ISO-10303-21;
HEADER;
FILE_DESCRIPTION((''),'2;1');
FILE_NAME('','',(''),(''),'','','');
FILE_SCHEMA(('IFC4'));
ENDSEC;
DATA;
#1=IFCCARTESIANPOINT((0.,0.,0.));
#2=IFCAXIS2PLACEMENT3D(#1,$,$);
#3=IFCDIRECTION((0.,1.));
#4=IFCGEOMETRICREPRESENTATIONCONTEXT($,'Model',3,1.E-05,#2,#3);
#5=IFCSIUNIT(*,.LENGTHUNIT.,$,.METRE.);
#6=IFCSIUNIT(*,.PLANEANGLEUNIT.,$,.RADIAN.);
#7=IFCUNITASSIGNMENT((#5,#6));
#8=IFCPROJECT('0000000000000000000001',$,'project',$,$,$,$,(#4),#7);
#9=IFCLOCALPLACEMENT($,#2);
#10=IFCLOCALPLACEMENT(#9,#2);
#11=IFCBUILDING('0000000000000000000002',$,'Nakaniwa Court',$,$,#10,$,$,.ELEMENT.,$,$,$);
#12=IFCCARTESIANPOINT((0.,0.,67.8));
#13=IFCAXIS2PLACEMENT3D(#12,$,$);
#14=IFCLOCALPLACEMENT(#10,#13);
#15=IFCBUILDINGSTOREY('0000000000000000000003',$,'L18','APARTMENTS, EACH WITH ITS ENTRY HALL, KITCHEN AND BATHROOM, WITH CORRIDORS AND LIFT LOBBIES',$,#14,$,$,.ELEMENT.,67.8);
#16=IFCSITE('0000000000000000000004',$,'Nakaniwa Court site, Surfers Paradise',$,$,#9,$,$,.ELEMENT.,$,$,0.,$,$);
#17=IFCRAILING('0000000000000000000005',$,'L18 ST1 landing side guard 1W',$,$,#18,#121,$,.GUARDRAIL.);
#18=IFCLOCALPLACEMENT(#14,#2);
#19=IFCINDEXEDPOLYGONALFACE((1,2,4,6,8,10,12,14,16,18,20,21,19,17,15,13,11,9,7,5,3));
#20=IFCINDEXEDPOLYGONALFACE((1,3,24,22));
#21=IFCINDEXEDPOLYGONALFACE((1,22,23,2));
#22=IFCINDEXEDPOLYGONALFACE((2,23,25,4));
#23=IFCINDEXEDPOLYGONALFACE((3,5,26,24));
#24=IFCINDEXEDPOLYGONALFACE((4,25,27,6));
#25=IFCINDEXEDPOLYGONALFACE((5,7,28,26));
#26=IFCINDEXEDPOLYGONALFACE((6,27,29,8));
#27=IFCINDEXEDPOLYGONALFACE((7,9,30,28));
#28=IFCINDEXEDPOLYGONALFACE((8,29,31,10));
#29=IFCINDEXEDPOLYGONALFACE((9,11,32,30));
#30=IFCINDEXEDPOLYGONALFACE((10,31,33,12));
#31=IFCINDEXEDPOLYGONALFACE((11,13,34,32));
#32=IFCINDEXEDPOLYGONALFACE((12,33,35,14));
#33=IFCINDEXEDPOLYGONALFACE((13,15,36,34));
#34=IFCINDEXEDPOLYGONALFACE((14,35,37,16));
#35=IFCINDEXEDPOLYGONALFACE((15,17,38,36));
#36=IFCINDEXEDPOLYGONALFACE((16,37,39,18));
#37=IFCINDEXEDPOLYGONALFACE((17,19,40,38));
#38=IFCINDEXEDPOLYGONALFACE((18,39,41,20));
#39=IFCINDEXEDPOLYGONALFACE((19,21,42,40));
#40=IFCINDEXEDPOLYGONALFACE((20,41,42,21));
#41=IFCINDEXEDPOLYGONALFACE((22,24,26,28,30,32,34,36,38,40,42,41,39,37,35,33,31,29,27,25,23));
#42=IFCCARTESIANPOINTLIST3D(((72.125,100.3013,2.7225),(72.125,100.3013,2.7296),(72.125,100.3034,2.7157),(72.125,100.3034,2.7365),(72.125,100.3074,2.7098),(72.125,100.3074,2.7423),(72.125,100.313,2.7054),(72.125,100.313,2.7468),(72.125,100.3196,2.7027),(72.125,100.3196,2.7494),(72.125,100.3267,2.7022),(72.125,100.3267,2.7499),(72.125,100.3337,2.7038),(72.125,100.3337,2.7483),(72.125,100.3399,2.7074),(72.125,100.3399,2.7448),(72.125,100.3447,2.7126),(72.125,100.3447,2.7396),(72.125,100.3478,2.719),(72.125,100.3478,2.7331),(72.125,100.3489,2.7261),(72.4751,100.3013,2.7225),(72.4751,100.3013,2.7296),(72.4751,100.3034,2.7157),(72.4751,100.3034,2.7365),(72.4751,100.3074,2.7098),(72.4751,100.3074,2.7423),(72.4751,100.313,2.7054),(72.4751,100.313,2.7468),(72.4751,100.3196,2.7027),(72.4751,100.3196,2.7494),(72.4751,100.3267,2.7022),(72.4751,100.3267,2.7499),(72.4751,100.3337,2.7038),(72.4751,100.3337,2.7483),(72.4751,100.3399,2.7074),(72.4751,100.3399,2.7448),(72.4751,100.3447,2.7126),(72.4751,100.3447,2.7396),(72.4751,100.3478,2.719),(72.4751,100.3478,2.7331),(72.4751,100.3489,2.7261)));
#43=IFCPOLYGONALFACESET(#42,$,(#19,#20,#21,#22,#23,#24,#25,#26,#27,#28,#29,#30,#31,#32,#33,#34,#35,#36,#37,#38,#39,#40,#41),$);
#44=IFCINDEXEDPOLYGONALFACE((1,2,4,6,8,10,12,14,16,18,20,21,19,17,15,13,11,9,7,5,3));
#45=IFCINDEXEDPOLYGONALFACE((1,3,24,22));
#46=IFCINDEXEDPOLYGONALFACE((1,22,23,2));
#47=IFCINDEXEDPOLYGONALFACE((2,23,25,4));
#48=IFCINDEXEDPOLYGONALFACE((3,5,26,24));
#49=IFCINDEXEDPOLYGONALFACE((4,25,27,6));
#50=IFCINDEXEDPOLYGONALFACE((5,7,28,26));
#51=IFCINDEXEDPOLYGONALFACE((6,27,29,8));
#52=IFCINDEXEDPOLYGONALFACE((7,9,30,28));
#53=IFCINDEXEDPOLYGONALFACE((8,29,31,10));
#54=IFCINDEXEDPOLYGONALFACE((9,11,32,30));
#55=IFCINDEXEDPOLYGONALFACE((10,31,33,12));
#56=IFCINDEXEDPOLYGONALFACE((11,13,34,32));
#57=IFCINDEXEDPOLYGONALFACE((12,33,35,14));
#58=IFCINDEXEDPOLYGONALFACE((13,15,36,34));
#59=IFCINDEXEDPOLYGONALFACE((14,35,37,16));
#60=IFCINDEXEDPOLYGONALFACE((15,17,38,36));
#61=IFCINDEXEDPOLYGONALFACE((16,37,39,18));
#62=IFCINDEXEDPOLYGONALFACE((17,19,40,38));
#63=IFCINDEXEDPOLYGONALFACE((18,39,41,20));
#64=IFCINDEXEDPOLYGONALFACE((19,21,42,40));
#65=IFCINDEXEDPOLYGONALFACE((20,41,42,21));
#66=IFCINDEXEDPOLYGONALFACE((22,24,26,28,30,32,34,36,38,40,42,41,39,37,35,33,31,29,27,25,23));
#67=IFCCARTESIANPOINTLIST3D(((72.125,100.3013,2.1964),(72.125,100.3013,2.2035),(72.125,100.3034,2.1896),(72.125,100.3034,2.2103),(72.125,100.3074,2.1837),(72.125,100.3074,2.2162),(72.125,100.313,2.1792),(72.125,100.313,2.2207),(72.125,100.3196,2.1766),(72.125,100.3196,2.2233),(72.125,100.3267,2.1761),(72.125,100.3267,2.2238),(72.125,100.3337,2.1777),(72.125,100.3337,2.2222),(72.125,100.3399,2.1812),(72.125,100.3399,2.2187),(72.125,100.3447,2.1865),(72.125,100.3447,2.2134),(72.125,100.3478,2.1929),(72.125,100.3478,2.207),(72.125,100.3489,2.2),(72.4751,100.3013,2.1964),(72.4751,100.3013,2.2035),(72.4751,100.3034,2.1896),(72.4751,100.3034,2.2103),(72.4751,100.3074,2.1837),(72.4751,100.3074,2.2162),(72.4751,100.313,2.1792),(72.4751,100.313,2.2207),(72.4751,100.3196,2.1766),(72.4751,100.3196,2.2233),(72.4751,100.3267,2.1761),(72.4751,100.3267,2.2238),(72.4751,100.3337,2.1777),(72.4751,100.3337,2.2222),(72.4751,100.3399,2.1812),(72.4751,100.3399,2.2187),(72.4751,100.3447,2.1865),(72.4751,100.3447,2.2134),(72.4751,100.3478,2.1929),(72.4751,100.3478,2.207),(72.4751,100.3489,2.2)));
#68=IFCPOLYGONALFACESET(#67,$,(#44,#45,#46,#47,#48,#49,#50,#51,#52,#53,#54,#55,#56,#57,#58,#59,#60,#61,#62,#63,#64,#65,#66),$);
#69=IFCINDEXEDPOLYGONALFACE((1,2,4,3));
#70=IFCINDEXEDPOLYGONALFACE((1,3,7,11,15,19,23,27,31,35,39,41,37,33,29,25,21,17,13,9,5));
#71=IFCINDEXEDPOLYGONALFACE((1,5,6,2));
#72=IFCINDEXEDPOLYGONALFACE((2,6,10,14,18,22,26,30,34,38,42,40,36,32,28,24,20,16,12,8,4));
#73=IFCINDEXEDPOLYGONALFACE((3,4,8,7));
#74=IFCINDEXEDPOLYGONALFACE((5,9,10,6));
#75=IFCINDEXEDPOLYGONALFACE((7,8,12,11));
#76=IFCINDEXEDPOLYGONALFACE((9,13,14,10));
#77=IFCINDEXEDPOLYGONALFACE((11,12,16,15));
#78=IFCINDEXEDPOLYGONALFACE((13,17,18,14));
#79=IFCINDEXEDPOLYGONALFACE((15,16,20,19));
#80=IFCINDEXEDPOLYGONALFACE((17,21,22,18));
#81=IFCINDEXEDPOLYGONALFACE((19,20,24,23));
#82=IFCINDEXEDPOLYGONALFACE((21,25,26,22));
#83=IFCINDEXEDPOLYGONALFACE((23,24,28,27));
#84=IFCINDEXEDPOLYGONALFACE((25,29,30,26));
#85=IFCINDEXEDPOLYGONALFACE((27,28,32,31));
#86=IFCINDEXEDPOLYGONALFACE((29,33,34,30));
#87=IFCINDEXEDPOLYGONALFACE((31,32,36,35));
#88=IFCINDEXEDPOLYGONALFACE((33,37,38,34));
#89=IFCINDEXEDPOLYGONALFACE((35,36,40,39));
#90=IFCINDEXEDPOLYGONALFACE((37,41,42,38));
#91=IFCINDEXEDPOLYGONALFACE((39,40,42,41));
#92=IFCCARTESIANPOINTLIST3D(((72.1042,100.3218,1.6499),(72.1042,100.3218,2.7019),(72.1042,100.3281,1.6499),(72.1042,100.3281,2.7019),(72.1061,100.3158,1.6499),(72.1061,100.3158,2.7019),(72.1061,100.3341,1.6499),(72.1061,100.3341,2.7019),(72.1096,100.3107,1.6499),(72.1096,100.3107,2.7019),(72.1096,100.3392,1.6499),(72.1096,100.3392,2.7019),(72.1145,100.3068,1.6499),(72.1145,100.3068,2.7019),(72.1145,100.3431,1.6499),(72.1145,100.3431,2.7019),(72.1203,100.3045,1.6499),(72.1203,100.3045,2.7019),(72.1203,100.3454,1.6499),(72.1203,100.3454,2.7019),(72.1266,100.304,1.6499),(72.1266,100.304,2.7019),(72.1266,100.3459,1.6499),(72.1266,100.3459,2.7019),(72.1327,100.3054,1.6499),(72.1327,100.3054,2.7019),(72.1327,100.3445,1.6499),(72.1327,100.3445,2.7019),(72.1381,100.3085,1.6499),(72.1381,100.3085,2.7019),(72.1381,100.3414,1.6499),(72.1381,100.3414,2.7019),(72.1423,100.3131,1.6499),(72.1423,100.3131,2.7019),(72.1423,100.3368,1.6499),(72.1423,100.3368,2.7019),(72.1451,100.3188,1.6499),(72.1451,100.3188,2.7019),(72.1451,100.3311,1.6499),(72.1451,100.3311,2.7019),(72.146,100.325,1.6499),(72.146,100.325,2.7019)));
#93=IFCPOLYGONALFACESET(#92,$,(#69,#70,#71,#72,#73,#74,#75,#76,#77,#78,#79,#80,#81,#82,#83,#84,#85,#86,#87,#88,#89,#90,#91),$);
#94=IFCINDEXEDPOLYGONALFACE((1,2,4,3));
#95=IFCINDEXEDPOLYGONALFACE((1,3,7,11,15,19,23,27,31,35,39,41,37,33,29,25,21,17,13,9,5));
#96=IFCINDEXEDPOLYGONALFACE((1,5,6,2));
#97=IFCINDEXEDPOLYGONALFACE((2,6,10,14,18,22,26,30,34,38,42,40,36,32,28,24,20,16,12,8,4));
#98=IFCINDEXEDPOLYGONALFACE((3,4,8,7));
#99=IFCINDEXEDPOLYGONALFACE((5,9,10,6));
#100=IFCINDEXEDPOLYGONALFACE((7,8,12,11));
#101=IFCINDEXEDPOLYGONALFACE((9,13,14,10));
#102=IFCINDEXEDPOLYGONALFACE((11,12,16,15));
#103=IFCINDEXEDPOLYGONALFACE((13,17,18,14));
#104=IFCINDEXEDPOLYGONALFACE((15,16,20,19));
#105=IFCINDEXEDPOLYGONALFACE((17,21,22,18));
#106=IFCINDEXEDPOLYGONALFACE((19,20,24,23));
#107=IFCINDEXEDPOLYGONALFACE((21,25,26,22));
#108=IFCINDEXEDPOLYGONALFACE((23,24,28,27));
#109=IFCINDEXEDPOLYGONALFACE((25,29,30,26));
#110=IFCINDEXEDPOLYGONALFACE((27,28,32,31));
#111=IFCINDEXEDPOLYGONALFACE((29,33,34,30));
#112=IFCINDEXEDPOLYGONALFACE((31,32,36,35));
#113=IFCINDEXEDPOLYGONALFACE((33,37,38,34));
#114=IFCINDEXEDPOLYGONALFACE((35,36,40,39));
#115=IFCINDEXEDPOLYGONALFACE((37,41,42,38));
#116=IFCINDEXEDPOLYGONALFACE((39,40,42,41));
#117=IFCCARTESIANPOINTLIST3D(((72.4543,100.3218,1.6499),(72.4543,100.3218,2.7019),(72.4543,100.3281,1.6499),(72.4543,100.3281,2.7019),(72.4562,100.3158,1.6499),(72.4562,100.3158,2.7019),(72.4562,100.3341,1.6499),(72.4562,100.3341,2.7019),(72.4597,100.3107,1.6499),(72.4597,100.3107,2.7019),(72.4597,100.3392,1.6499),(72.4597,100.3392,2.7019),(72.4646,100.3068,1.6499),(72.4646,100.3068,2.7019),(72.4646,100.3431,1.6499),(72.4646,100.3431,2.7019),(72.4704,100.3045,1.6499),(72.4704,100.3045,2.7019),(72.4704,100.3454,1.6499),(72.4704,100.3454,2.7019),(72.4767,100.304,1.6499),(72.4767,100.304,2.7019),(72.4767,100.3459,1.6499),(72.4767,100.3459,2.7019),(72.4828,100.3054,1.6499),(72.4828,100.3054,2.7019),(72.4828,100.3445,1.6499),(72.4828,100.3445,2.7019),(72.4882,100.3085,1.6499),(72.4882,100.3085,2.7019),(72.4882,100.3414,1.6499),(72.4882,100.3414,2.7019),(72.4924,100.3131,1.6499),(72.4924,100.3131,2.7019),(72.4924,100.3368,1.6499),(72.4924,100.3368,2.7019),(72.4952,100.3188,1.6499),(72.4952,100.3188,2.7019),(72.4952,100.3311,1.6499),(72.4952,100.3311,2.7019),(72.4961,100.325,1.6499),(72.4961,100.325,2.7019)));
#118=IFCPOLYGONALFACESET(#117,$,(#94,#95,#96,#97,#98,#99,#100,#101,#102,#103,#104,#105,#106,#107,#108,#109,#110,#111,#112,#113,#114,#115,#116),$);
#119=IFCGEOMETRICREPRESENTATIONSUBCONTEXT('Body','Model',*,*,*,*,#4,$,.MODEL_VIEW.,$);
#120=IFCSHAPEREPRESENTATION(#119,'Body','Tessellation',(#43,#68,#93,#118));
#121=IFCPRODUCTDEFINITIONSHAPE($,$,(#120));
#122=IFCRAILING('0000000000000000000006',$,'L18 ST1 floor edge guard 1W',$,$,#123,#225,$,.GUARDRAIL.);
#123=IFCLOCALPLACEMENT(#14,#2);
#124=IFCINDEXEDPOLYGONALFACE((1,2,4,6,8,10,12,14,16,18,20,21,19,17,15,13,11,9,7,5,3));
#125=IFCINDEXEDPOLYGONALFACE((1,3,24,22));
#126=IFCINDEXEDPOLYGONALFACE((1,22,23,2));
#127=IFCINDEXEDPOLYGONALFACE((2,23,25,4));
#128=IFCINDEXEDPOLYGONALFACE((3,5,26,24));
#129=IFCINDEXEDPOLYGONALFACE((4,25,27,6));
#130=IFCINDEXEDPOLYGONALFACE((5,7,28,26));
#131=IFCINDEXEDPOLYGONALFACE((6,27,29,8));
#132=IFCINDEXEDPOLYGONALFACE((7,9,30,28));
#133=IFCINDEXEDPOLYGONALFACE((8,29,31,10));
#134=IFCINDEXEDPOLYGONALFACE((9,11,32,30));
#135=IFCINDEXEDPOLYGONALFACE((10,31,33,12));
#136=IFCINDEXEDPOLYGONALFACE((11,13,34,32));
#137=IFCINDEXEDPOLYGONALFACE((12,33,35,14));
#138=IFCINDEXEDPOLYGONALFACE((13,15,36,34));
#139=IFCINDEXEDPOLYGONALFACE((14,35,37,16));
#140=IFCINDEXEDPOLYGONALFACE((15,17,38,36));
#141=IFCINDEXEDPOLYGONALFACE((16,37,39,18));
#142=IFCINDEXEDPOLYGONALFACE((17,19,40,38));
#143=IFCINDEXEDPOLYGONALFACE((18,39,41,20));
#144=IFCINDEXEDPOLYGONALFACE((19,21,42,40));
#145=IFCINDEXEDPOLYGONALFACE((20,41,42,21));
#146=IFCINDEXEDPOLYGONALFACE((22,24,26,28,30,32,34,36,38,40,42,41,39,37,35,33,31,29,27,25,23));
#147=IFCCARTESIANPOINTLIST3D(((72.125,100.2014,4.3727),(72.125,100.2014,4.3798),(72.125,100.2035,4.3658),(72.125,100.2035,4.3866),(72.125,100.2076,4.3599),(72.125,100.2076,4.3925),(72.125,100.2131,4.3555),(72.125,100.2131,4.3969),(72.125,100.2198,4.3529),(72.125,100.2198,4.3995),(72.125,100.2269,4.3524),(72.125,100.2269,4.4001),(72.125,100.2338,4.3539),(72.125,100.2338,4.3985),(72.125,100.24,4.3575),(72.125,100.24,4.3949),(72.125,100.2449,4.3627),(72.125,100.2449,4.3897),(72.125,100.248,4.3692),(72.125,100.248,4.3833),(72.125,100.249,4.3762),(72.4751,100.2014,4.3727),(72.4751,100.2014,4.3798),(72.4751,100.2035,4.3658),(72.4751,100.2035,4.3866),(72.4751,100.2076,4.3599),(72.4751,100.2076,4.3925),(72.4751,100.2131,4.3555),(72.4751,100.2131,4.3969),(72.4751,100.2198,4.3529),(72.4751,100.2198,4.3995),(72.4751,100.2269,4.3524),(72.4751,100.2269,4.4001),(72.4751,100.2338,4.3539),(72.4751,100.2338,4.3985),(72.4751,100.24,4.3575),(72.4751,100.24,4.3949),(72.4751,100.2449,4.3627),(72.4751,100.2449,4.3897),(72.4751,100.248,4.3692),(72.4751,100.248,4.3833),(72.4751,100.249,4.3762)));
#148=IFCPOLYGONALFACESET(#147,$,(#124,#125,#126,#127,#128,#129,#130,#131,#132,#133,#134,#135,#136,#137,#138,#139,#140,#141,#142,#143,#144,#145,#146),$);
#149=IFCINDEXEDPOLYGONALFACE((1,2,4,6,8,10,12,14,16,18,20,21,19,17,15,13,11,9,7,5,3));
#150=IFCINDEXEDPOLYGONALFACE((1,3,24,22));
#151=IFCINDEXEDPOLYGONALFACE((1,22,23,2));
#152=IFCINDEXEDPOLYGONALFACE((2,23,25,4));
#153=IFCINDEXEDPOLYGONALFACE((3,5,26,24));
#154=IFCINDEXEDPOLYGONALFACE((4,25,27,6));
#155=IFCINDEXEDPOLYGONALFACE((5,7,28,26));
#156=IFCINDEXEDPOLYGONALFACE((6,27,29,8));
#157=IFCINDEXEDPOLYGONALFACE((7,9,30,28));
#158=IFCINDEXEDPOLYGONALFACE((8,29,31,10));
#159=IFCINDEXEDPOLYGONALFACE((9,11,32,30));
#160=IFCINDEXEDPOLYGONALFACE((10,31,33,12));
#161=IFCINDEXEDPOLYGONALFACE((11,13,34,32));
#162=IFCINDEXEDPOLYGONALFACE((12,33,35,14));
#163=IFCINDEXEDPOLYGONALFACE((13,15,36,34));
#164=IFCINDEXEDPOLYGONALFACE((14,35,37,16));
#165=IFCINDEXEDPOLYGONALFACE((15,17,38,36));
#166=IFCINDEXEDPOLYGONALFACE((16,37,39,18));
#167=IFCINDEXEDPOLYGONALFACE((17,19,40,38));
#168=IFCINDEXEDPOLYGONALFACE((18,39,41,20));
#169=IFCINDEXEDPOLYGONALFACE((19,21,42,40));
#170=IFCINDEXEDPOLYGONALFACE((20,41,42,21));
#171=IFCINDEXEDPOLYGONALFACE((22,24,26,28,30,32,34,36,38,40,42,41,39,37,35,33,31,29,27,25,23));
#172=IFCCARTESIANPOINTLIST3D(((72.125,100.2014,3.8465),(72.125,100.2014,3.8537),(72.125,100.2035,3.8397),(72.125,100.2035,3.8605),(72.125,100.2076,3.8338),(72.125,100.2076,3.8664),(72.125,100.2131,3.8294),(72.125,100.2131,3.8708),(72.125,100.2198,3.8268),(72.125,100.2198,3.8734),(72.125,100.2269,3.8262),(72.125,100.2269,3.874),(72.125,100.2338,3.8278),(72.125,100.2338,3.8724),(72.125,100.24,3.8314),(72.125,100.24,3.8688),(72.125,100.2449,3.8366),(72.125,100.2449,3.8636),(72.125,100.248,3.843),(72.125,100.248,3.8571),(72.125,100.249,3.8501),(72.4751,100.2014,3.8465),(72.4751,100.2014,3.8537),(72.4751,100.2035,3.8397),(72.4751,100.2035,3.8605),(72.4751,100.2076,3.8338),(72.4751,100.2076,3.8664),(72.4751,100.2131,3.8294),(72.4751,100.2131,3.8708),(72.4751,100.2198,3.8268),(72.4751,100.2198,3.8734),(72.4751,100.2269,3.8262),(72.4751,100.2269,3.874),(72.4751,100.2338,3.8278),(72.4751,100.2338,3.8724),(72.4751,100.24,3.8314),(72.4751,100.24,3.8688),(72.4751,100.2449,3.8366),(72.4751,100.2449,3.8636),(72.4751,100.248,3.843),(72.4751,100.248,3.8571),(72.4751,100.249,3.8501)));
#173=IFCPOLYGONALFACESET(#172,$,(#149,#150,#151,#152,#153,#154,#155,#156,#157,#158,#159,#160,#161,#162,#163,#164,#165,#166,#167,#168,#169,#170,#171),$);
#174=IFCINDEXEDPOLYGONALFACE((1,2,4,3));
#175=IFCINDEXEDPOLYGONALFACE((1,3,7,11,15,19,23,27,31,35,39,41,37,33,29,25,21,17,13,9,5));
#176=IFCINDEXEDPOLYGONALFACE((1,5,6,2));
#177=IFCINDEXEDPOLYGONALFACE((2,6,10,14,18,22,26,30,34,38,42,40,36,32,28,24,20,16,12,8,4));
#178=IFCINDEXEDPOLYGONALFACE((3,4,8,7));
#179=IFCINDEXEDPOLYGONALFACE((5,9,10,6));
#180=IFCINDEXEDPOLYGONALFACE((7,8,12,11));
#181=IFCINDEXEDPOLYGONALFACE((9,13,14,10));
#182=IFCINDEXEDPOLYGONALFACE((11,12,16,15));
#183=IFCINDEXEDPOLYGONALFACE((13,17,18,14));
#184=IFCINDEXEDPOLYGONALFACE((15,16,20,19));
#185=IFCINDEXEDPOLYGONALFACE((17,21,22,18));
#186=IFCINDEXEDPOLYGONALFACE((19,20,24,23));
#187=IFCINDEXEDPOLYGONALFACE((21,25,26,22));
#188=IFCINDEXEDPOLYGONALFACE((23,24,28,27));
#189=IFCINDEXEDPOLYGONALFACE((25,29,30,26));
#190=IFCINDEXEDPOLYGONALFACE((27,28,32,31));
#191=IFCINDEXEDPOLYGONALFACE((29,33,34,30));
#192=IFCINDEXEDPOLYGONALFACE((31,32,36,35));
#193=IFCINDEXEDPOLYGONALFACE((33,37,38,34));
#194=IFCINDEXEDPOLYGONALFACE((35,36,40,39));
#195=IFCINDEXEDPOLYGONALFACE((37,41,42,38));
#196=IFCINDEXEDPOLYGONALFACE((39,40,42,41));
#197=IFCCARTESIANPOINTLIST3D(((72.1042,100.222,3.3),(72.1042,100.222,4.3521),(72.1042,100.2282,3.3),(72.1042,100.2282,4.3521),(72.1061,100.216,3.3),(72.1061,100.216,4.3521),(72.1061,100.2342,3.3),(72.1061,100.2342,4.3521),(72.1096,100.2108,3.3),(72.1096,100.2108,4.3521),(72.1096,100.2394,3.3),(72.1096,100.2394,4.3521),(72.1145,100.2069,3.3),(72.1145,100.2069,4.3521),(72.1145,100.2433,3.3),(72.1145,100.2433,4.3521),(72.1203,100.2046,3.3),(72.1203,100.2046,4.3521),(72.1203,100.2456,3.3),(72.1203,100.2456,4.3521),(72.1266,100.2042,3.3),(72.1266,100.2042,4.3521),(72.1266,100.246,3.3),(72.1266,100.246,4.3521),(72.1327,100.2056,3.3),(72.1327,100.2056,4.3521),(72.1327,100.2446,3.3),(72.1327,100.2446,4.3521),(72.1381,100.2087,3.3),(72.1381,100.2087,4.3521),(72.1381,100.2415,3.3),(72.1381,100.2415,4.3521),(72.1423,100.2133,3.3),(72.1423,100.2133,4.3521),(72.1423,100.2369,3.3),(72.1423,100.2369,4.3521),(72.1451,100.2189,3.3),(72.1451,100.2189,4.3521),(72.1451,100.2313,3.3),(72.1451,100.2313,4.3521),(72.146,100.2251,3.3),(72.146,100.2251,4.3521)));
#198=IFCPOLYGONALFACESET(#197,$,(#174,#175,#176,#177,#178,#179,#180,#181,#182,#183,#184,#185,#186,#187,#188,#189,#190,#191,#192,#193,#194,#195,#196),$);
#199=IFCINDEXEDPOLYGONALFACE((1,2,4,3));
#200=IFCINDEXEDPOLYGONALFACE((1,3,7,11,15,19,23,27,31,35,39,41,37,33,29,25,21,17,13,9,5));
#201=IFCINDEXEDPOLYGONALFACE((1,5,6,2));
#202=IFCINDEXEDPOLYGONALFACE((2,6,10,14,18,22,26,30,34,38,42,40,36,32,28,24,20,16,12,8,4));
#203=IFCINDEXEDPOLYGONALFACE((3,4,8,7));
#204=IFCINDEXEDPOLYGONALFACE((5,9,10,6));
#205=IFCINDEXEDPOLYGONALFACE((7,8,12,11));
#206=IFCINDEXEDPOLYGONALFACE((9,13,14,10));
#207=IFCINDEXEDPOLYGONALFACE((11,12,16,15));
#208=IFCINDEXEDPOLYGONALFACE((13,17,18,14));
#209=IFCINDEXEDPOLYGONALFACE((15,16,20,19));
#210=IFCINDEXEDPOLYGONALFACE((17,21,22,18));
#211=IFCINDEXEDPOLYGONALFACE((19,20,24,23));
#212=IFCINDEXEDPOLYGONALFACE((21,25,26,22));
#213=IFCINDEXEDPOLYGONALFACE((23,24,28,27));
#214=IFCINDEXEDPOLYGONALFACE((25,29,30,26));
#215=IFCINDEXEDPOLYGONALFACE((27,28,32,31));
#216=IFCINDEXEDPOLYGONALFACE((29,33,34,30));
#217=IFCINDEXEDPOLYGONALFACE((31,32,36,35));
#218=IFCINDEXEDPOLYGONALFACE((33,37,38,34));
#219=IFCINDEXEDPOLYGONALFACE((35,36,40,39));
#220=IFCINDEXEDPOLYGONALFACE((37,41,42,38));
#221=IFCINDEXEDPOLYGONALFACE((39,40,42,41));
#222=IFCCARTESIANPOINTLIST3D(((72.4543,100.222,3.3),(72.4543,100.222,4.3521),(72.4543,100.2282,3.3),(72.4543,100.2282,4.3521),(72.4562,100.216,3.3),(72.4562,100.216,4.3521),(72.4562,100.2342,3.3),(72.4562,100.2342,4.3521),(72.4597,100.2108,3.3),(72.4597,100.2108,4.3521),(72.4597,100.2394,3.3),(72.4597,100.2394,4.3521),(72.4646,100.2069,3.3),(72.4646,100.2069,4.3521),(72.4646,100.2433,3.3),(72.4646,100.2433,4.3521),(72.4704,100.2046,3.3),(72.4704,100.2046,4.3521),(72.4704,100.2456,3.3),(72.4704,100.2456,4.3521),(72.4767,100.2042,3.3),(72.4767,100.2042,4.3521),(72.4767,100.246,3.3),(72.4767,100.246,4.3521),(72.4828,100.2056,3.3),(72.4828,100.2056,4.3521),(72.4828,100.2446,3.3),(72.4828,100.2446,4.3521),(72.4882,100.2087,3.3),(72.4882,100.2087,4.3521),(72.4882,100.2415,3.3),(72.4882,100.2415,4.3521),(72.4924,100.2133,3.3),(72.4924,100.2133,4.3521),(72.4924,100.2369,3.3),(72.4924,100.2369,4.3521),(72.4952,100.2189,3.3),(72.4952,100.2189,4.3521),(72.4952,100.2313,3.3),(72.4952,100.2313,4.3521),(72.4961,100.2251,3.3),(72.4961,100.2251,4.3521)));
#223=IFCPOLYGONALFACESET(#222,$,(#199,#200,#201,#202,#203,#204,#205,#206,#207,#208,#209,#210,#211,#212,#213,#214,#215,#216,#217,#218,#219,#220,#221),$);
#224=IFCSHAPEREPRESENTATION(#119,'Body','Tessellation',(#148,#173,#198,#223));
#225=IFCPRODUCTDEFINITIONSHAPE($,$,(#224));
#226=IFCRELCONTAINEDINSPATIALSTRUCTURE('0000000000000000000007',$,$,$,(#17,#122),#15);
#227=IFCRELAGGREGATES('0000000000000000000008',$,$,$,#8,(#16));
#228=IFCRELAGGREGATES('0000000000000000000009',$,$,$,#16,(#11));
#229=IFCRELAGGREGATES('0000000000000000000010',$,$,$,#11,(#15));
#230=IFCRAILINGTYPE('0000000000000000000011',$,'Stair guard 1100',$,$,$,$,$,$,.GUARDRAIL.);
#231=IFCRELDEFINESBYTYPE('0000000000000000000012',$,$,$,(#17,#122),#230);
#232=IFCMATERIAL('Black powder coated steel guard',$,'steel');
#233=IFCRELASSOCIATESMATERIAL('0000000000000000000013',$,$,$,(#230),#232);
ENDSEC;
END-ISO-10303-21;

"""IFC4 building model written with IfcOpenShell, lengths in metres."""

from ifc_helpers import new_model, si_unit, direction, frame, origin, origin_2d, place, context, subcontext, project, spatial, circle, extrude, material, type_object, element, save


model = new_model("IFC4")

# Units and contexts
model_context = context("Model", 3, precision=1e-05, world=origin(), true_north=direction((0.0, 1.0)))
body_context = subcontext(model_context, "Body", "Model", "MODEL_VIEW")
ifc_project = project(units=[si_unit("LENGTHUNIT", "METRE"), si_unit("PLANEANGLEUNIT", "RADIAN")], contexts=[model_context])

# Site, building, storey
site_placement = place(None, origin())
site = spatial("IfcSite", under=ifc_project, at=site_placement, Name="Nakaniwa Court site, Surfers Paradise", CompositionType="ELEMENT", RefElevation=0.0)
building_placement = place(site_placement, origin())
building = spatial("IfcBuilding", under=site, at=building_placement, Name="Nakaniwa Court", CompositionType="ELEMENT")
storey_placement = place(building_placement, frame((0.0, 0.0, 67.8)))
storey = spatial("IfcBuildingStorey", under=building, at=storey_placement, Name="L18", Description="APARTMENTS, EACH WITH ITS ENTRY HALL, KITCHEN AND BATHROOM, WITH CORRIDORS AND LIFT LOBBIES", CompositionType="ELEMENT", Elevation=67.8)

# Railings
ifc_material_1 = material(Name="Black powder coated steel guard", Category="steel")
railing_type_1 = type_object("IfcRailingType", Name="Stair guard 1100", PredefinedType="GUARDRAIL", material=ifc_material_1)
for number, where, name in (
    (1, (72.125, 100.325, 1.6499), "L18 ST1 landing side guard 1W"),
    (2, (72.125, 100.2251, 3.3), "L18 ST1 floor edge guard 1W"),
):
    element("IfcRailing", number, at=place(storey_placement, frame(where)), inside=storey, type_object=railing_type_1, Name=name, PredefinedType="GUARDRAIL", context=body_context, shape_type="SweptSolid", body=[
        extrude(circle(Radius=0.0239, at=origin_2d()), frame((0.0, 0.0, 1.0762), z_axis=(1.0, 0.0, 0.0), x_axis=(0.0, 1.0, 0.0)), (0.0, 0.0, 1.0), 0.3501),
        extrude(circle(Radius=0.0239, at=origin_2d()), frame((0.0, 0.0, 0.55), z_axis=(1.0, 0.0, 0.0), x_axis=(0.0, 1.0, 0.0)), (0.0, 0.0, 1.0), 0.3501),
        extrude(circle(Radius=0.021, at=origin_2d()), origin(), (0.0, 0.0, 1.0), 1.052),
        extrude(circle(Radius=0.021, at=origin_2d()), frame((0.3501, 0.0, 0.0)), (0.0, 0.0, 1.0), 1.052),
    ])

save(model, "model.ifc")
